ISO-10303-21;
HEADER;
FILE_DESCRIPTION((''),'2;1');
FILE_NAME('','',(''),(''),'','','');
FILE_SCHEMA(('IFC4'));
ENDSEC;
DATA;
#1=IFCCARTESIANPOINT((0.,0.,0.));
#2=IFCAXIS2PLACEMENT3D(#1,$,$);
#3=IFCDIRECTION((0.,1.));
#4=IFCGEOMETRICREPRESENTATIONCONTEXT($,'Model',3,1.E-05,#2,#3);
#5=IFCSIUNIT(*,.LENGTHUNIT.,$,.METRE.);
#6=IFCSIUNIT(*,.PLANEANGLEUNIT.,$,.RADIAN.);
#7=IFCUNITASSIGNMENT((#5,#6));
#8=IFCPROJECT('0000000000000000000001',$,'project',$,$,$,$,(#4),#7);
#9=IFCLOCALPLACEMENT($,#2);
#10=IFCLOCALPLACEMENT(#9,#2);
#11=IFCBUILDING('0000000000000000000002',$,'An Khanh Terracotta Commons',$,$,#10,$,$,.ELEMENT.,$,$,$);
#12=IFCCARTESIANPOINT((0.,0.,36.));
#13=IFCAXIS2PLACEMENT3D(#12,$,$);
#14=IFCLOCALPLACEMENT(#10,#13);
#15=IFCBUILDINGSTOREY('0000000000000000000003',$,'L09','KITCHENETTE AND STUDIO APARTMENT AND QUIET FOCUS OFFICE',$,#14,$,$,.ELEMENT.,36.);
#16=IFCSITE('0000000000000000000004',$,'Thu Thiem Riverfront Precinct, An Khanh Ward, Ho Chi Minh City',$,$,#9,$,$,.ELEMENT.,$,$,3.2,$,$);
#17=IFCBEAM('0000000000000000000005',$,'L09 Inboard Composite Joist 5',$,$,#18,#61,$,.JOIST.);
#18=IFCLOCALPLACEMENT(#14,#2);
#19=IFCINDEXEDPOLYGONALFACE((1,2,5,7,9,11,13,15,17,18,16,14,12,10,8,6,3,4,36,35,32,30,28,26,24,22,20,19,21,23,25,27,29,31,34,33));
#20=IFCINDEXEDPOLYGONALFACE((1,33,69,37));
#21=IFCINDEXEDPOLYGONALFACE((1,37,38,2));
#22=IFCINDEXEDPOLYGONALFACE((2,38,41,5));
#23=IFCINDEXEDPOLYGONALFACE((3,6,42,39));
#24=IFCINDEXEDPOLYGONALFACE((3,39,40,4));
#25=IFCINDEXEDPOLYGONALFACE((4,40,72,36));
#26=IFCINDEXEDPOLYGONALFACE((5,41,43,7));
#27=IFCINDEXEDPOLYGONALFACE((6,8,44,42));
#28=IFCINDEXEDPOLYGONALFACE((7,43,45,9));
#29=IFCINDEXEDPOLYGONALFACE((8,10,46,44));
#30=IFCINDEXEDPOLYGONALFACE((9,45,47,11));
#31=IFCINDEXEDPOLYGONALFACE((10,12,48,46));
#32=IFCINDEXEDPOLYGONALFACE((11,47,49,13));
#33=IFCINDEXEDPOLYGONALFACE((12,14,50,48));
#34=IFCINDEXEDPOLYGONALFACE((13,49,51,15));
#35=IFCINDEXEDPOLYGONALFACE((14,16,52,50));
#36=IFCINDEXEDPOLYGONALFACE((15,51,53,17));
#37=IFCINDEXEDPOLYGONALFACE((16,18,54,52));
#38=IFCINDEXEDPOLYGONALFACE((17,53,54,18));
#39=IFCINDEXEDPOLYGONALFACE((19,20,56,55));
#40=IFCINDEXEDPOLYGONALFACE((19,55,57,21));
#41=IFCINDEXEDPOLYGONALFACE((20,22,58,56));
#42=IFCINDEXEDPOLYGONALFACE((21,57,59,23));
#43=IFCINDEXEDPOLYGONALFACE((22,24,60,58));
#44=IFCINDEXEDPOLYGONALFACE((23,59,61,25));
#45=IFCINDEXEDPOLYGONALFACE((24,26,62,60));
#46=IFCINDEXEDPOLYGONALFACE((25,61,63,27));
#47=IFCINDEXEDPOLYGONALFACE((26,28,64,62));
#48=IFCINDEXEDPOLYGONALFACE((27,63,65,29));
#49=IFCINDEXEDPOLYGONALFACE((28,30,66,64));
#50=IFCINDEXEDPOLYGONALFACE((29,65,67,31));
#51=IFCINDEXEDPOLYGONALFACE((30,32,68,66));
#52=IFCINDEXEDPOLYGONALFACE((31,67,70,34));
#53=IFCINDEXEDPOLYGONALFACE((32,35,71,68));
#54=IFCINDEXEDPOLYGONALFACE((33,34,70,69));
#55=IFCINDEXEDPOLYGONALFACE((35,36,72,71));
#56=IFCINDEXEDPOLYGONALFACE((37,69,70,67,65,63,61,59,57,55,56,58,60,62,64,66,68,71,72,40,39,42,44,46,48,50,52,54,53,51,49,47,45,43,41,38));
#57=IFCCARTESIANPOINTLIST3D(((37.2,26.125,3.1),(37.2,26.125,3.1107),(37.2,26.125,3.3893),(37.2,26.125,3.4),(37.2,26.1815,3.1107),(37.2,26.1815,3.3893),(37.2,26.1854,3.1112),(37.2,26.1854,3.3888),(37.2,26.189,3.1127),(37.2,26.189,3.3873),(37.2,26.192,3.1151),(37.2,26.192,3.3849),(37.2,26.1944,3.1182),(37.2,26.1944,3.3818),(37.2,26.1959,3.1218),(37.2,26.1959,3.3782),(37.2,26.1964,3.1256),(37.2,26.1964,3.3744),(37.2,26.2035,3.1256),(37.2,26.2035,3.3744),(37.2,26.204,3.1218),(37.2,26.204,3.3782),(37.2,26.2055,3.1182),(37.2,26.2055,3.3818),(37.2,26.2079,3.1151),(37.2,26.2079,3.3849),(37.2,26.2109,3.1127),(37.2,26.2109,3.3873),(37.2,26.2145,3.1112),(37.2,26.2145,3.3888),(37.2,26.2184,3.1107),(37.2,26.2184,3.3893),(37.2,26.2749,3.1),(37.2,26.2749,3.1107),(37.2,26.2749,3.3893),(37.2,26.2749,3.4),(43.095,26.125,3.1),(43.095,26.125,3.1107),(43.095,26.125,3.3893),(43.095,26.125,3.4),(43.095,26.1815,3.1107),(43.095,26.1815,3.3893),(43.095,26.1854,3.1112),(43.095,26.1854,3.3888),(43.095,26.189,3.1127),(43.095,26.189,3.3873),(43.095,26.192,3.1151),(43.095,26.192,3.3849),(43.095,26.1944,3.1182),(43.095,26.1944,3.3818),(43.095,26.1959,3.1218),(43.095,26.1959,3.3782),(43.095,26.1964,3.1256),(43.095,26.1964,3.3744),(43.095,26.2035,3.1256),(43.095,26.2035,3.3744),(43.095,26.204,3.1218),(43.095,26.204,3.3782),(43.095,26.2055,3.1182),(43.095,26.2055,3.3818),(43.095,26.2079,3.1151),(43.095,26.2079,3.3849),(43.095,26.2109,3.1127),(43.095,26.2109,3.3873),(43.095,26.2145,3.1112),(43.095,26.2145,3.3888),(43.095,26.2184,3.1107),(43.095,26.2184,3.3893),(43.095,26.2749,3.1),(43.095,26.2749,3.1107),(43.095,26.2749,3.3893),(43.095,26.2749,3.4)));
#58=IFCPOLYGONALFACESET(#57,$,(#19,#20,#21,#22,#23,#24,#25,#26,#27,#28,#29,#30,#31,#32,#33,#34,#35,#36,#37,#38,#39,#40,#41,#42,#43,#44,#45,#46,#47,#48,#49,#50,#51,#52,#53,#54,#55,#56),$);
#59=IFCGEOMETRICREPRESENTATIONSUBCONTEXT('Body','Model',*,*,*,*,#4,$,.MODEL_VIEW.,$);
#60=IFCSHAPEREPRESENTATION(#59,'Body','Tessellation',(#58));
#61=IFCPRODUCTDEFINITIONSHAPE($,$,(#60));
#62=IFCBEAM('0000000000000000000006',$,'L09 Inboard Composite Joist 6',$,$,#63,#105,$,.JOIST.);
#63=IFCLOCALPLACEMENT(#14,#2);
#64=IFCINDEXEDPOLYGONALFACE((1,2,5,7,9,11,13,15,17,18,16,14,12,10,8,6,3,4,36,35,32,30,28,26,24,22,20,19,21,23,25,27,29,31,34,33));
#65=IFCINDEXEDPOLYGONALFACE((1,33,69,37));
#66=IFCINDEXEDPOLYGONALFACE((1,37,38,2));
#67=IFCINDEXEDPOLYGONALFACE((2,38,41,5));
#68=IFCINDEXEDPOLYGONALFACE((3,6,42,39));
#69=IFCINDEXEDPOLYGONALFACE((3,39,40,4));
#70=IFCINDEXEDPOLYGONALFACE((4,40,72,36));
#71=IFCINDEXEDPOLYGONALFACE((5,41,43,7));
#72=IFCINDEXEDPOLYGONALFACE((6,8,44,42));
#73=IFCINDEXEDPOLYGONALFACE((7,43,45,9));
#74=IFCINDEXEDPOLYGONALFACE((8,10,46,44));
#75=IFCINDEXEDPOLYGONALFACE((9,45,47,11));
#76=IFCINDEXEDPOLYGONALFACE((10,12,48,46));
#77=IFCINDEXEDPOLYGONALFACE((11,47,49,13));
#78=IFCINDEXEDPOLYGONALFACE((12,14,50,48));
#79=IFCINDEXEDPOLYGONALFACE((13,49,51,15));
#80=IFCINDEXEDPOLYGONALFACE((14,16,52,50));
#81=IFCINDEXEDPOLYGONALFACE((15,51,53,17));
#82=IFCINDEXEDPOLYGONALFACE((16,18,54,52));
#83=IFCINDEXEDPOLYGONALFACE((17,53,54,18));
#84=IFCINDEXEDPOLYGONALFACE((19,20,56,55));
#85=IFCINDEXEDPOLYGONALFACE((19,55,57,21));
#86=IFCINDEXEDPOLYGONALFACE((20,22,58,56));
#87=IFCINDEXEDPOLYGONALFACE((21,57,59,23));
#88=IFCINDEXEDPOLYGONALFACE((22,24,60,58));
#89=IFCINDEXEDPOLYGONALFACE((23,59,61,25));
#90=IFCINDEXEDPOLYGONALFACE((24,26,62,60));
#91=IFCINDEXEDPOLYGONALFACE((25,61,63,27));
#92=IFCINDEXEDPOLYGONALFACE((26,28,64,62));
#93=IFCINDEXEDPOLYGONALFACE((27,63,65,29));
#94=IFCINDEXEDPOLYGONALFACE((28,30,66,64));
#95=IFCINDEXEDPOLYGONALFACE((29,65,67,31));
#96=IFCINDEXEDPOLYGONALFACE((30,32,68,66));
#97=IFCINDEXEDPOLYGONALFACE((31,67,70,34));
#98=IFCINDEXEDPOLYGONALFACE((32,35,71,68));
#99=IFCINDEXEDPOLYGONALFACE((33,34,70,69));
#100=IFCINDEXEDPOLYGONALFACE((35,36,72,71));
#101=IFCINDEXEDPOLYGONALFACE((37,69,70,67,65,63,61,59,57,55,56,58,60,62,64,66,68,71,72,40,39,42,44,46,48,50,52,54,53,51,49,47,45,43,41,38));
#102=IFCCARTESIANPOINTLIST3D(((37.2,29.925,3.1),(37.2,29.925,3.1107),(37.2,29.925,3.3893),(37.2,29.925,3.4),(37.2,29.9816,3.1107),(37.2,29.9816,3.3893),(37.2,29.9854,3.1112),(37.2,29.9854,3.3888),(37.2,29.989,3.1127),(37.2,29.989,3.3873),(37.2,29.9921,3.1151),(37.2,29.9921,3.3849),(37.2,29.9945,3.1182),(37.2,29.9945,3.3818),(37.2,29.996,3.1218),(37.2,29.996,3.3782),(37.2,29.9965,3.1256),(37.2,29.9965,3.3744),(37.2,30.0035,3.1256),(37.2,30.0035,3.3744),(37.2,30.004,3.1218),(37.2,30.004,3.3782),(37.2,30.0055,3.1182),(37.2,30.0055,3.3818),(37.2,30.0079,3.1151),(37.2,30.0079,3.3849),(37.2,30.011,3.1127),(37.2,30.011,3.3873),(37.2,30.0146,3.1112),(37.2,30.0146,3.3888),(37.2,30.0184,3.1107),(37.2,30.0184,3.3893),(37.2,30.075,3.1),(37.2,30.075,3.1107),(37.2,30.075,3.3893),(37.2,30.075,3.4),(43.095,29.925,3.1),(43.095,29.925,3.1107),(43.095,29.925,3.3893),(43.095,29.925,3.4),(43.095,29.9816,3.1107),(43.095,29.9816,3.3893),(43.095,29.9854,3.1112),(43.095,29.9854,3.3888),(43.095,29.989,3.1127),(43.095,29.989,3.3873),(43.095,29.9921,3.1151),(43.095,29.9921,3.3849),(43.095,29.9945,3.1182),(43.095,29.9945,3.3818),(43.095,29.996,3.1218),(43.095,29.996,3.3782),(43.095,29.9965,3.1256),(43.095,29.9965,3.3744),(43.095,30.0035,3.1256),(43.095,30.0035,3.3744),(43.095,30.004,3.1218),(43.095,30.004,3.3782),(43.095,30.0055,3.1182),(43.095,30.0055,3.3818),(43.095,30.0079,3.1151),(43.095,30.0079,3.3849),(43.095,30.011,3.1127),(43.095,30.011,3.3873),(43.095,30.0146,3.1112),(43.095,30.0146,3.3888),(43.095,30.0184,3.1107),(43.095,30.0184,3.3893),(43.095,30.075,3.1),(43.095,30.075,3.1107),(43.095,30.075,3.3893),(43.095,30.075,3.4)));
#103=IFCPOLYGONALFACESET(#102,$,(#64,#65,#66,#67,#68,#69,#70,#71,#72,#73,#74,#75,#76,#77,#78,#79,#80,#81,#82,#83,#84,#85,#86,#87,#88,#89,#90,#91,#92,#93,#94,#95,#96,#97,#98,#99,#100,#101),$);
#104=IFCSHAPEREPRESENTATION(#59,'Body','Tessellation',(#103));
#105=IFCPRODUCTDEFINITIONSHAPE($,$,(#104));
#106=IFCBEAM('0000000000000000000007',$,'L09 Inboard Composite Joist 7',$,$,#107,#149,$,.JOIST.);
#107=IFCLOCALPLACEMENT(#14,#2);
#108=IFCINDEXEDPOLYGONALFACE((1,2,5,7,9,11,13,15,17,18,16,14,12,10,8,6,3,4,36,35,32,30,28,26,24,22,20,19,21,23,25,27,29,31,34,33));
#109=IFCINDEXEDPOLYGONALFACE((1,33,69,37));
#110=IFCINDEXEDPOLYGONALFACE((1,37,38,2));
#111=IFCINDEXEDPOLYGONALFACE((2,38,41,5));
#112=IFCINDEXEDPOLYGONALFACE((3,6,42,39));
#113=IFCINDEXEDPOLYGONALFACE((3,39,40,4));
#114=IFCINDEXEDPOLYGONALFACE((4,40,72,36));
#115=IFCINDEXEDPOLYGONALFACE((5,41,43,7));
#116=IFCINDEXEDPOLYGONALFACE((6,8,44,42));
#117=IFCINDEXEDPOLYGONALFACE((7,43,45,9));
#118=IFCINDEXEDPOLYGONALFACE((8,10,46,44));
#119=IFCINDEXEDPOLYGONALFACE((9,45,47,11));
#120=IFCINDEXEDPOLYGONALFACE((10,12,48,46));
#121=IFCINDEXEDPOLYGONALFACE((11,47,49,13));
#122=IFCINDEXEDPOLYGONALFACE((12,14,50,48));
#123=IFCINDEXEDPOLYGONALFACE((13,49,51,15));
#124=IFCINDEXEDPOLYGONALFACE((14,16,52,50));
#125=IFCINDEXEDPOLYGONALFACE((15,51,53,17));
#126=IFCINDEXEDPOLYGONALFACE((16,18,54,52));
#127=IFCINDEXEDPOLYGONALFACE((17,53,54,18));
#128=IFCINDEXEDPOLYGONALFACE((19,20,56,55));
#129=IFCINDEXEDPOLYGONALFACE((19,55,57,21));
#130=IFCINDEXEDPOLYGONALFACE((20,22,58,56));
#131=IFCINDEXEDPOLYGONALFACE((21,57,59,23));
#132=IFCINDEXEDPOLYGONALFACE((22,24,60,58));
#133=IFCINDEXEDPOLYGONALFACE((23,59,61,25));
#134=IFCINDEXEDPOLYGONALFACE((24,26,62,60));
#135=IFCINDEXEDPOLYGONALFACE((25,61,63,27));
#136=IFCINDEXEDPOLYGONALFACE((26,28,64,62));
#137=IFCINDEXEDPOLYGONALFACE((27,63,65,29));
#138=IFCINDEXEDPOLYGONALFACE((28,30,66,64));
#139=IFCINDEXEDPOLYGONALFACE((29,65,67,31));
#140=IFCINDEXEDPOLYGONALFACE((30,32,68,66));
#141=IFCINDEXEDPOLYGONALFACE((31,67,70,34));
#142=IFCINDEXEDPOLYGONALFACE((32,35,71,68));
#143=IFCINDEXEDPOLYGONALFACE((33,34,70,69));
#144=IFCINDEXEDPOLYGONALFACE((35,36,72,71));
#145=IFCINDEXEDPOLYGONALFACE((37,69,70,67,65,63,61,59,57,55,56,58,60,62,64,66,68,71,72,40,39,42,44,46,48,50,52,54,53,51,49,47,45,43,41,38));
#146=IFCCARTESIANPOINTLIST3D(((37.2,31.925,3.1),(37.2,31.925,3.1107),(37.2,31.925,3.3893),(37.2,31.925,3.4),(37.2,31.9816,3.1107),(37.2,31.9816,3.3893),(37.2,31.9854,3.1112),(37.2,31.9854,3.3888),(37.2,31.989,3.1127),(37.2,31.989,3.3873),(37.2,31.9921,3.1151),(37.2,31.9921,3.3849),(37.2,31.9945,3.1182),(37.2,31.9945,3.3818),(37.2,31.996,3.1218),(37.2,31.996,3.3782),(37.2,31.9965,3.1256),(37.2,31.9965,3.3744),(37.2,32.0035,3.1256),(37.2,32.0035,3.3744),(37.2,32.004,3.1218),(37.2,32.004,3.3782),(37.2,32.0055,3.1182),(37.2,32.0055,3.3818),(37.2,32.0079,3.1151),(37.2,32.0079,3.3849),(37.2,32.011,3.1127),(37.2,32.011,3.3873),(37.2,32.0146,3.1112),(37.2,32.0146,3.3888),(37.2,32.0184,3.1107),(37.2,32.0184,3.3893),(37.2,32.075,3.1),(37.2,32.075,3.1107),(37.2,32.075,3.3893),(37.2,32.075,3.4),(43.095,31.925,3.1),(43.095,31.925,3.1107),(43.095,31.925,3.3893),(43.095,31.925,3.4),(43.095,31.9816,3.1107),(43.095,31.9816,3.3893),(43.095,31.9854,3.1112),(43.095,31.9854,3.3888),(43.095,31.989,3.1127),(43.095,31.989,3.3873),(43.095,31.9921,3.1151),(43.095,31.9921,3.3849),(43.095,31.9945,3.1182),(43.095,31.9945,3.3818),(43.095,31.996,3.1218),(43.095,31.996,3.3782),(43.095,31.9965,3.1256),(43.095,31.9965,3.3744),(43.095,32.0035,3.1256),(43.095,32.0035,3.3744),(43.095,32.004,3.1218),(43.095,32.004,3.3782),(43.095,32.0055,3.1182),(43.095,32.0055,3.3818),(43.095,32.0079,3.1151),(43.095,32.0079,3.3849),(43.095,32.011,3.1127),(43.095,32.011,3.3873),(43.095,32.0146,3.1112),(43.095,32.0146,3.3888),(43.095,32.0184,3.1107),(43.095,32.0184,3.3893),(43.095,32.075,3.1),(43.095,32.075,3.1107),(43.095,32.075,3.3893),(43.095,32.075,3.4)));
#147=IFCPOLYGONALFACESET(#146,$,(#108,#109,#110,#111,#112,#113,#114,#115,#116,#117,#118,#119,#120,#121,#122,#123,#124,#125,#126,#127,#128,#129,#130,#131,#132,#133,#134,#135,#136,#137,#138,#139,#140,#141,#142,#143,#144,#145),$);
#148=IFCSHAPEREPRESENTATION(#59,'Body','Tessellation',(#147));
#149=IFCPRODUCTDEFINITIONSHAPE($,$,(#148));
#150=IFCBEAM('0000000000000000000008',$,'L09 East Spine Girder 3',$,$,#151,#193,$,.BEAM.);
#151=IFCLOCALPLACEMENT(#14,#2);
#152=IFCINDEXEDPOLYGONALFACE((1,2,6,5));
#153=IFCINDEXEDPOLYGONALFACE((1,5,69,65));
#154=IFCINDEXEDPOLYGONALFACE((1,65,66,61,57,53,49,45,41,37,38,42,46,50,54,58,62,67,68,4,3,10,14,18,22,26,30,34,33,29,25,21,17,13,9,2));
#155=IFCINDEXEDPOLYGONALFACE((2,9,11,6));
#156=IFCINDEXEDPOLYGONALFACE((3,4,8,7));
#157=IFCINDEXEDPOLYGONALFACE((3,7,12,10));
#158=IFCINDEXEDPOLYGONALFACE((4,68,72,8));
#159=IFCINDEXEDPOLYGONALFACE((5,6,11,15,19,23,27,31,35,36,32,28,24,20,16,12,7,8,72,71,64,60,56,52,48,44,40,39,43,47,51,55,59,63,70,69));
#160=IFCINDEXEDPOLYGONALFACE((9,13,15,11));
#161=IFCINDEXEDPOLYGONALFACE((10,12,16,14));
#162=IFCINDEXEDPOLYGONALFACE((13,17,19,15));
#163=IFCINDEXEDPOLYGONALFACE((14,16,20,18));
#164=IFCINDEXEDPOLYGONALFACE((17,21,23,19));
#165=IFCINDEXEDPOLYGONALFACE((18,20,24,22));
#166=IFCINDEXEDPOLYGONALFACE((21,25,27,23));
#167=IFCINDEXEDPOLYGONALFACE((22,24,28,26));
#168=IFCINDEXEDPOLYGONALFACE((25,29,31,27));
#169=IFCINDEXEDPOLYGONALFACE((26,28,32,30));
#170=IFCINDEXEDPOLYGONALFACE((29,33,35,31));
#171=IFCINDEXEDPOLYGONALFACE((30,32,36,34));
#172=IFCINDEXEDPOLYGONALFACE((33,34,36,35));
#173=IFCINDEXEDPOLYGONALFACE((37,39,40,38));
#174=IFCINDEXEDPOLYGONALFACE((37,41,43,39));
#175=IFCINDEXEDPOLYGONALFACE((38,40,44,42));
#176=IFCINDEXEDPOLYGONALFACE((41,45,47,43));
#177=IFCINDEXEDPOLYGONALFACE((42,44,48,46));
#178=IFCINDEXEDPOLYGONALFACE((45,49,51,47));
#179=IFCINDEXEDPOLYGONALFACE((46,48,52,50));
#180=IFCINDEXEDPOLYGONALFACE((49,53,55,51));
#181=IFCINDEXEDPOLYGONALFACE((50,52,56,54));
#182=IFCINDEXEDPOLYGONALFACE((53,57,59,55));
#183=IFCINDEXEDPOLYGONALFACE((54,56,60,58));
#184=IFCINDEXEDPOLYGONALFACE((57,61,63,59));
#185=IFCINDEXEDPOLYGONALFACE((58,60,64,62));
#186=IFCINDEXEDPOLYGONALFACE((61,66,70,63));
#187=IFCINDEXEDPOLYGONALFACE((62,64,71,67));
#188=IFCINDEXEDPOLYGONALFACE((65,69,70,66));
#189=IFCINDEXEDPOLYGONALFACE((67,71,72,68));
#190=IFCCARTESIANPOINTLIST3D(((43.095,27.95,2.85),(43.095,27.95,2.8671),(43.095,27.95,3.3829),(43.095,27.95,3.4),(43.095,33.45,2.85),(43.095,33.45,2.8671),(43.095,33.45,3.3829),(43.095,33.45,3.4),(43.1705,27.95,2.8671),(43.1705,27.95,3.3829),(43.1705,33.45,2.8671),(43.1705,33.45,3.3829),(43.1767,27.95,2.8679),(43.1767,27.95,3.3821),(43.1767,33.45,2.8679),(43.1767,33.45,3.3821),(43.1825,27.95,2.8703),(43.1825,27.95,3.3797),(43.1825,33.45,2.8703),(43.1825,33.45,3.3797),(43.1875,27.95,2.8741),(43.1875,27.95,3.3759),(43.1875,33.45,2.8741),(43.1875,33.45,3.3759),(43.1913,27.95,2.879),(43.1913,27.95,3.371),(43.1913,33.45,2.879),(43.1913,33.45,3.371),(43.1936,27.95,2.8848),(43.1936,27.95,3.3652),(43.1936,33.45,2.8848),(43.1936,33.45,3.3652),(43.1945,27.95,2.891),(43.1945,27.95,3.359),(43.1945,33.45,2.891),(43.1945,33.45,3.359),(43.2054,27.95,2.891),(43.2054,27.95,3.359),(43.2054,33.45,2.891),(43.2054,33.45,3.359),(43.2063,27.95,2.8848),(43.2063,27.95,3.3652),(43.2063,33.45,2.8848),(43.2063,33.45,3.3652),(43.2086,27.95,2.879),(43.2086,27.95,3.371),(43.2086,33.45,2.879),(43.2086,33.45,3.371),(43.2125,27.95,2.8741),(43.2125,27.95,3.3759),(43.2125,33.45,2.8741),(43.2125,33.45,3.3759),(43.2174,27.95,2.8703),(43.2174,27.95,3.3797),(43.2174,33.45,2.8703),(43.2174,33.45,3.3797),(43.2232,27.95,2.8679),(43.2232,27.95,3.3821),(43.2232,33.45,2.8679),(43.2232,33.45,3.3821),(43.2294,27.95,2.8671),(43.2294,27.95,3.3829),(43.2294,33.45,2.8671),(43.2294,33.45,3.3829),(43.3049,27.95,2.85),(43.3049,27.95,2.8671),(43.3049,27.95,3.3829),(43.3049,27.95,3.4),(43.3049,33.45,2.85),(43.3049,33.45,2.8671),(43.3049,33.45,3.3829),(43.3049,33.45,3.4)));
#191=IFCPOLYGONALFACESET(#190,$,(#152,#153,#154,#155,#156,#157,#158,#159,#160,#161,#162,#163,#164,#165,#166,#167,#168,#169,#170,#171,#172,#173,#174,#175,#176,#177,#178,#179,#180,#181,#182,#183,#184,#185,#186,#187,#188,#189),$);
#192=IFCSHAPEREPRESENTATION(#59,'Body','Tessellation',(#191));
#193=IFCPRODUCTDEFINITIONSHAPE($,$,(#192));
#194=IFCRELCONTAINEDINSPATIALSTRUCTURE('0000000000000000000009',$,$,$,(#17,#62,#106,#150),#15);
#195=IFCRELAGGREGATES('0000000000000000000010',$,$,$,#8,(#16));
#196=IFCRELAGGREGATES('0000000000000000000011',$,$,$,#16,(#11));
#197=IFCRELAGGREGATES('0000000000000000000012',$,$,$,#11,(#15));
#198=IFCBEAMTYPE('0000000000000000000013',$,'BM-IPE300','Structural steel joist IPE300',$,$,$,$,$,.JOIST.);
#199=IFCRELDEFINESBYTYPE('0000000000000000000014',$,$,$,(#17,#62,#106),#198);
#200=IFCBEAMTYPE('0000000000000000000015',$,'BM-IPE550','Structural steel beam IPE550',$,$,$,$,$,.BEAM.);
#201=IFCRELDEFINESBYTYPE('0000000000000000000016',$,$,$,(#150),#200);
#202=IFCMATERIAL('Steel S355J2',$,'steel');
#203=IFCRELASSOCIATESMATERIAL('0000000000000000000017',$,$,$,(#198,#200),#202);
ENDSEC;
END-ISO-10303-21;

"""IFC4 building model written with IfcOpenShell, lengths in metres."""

from ifc_helpers import new_model, si_unit, direction, frame, origin, origin_2d, place, context, subcontext, project, spatial, i_section, extrude, material, material_profile, profile_set, type_object, element, save


model = new_model("IFC4")

# Units and contexts
model_context = context("Model", 3, precision=1e-05, world=origin(), true_north=direction((0.0, 1.0)))
body_context = subcontext(model_context, "Body", "Model", "MODEL_VIEW")
ifc_project = project(units=[si_unit("LENGTHUNIT", "METRE"), si_unit("PLANEANGLEUNIT", "RADIAN")], contexts=[model_context])

# Site, building, storey
site_placement = place(None, origin())
site = spatial("IfcSite", under=ifc_project, at=site_placement, Name="Thu Thiem Riverfront Precinct, An Khanh Ward, Ho Chi Minh City", CompositionType="ELEMENT", RefElevation=3.2)
building_placement = place(site_placement, origin())
building = spatial("IfcBuilding", under=site, at=building_placement, Name="An Khanh Terracotta Commons", CompositionType="ELEMENT")
storey_placement = place(building_placement, frame((0.0, 0.0, 36.0)))
storey = spatial("IfcBuildingStorey", under=building, at=storey_placement, Name="L09", Description="KITCHENETTE AND STUDIO APARTMENT AND QUIET FOCUS OFFICE", CompositionType="ELEMENT", Elevation=36.0)

# Beams
ifc_material_1 = material(Name="Steel S355J2", Category="steel")
ifc_material_profile_1 = material_profile(ifc_material_1, i_section(OverallWidth=0.1499, OverallDepth=0.3, WebThickness=0.0071, FlangeThickness=0.0107, FilletRadius=0.0149, at=origin_2d()), Name="IPE300")
ifc_profile_set_1 = profile_set([ifc_material_profile_1], Name="Steel S355J2")
beam_type_1 = type_object("IfcBeamType", Name="BM-IPE300", Description="Structural steel joist IPE300", PredefinedType="JOIST", material=ifc_profile_set_1)
for number, where, z_axis, x_axis, name in (
    (1, (37.2, 26.2, 3.25), (1.0, 0.0, 0.0), (0.0, 1.0, 0.0), "L09 Inboard Composite Joist 5"),
    (2, (37.2, 30.0, 3.25), (1.0, 0.0, 0.0), (0.0, 1.0, 0.0), "L09 Inboard Composite Joist 6"),
    (3, (37.2, 32.0, 3.25), (1.0, 0.0, 0.0), (0.0, 1.0, 0.0), "L09 Inboard Composite Joist 7"),
):
    element("IfcBeam", number, at=place(storey_placement, frame(where, z_axis=z_axis, x_axis=x_axis)), inside=storey, type_object=beam_type_1, Name=name, PredefinedType="JOIST", context=body_context, shape_type="SweptSolid", body=[
        extrude(i_section(OverallWidth=0.1499, OverallDepth=0.3, WebThickness=0.0071, FlangeThickness=0.0107, FilletRadius=0.0149, at=origin_2d()), origin(), (0.0, 0.0, 1.0), 5.895),
    ])
ifc_material_profile_2 = material_profile(ifc_material_1, i_section(OverallWidth=0.21, OverallDepth=0.55, WebThickness=0.011, FlangeThickness=0.0171, FilletRadius=0.0239, at=origin_2d()), Name="IPE550")
ifc_profile_set_2 = profile_set([ifc_material_profile_2], Name="Steel S355J2")
beam_type_2 = type_object("IfcBeamType", Name="BM-IPE550", Description="Structural steel beam IPE550", PredefinedType="BEAM", material=ifc_profile_set_2)
beam_1_placement = place(storey_placement, frame((43.2, 27.95, 3.125), z_axis=(0.0, 1.0, 0.0), x_axis=(-1.0, 0.0, 0.0)))
element("IfcBeam", 4, at=beam_1_placement, inside=storey, type_object=beam_type_2, Name="L09 East Spine Girder 3", PredefinedType="BEAM", context=body_context, shape_type="SweptSolid", body=[
    extrude(i_section(OverallWidth=0.21, OverallDepth=0.55, WebThickness=0.011, FlangeThickness=0.0171, FilletRadius=0.0239, at=origin_2d()), origin(), (0.0, 0.0, 1.0), 5.5),
])

save(model, "model.ifc")
